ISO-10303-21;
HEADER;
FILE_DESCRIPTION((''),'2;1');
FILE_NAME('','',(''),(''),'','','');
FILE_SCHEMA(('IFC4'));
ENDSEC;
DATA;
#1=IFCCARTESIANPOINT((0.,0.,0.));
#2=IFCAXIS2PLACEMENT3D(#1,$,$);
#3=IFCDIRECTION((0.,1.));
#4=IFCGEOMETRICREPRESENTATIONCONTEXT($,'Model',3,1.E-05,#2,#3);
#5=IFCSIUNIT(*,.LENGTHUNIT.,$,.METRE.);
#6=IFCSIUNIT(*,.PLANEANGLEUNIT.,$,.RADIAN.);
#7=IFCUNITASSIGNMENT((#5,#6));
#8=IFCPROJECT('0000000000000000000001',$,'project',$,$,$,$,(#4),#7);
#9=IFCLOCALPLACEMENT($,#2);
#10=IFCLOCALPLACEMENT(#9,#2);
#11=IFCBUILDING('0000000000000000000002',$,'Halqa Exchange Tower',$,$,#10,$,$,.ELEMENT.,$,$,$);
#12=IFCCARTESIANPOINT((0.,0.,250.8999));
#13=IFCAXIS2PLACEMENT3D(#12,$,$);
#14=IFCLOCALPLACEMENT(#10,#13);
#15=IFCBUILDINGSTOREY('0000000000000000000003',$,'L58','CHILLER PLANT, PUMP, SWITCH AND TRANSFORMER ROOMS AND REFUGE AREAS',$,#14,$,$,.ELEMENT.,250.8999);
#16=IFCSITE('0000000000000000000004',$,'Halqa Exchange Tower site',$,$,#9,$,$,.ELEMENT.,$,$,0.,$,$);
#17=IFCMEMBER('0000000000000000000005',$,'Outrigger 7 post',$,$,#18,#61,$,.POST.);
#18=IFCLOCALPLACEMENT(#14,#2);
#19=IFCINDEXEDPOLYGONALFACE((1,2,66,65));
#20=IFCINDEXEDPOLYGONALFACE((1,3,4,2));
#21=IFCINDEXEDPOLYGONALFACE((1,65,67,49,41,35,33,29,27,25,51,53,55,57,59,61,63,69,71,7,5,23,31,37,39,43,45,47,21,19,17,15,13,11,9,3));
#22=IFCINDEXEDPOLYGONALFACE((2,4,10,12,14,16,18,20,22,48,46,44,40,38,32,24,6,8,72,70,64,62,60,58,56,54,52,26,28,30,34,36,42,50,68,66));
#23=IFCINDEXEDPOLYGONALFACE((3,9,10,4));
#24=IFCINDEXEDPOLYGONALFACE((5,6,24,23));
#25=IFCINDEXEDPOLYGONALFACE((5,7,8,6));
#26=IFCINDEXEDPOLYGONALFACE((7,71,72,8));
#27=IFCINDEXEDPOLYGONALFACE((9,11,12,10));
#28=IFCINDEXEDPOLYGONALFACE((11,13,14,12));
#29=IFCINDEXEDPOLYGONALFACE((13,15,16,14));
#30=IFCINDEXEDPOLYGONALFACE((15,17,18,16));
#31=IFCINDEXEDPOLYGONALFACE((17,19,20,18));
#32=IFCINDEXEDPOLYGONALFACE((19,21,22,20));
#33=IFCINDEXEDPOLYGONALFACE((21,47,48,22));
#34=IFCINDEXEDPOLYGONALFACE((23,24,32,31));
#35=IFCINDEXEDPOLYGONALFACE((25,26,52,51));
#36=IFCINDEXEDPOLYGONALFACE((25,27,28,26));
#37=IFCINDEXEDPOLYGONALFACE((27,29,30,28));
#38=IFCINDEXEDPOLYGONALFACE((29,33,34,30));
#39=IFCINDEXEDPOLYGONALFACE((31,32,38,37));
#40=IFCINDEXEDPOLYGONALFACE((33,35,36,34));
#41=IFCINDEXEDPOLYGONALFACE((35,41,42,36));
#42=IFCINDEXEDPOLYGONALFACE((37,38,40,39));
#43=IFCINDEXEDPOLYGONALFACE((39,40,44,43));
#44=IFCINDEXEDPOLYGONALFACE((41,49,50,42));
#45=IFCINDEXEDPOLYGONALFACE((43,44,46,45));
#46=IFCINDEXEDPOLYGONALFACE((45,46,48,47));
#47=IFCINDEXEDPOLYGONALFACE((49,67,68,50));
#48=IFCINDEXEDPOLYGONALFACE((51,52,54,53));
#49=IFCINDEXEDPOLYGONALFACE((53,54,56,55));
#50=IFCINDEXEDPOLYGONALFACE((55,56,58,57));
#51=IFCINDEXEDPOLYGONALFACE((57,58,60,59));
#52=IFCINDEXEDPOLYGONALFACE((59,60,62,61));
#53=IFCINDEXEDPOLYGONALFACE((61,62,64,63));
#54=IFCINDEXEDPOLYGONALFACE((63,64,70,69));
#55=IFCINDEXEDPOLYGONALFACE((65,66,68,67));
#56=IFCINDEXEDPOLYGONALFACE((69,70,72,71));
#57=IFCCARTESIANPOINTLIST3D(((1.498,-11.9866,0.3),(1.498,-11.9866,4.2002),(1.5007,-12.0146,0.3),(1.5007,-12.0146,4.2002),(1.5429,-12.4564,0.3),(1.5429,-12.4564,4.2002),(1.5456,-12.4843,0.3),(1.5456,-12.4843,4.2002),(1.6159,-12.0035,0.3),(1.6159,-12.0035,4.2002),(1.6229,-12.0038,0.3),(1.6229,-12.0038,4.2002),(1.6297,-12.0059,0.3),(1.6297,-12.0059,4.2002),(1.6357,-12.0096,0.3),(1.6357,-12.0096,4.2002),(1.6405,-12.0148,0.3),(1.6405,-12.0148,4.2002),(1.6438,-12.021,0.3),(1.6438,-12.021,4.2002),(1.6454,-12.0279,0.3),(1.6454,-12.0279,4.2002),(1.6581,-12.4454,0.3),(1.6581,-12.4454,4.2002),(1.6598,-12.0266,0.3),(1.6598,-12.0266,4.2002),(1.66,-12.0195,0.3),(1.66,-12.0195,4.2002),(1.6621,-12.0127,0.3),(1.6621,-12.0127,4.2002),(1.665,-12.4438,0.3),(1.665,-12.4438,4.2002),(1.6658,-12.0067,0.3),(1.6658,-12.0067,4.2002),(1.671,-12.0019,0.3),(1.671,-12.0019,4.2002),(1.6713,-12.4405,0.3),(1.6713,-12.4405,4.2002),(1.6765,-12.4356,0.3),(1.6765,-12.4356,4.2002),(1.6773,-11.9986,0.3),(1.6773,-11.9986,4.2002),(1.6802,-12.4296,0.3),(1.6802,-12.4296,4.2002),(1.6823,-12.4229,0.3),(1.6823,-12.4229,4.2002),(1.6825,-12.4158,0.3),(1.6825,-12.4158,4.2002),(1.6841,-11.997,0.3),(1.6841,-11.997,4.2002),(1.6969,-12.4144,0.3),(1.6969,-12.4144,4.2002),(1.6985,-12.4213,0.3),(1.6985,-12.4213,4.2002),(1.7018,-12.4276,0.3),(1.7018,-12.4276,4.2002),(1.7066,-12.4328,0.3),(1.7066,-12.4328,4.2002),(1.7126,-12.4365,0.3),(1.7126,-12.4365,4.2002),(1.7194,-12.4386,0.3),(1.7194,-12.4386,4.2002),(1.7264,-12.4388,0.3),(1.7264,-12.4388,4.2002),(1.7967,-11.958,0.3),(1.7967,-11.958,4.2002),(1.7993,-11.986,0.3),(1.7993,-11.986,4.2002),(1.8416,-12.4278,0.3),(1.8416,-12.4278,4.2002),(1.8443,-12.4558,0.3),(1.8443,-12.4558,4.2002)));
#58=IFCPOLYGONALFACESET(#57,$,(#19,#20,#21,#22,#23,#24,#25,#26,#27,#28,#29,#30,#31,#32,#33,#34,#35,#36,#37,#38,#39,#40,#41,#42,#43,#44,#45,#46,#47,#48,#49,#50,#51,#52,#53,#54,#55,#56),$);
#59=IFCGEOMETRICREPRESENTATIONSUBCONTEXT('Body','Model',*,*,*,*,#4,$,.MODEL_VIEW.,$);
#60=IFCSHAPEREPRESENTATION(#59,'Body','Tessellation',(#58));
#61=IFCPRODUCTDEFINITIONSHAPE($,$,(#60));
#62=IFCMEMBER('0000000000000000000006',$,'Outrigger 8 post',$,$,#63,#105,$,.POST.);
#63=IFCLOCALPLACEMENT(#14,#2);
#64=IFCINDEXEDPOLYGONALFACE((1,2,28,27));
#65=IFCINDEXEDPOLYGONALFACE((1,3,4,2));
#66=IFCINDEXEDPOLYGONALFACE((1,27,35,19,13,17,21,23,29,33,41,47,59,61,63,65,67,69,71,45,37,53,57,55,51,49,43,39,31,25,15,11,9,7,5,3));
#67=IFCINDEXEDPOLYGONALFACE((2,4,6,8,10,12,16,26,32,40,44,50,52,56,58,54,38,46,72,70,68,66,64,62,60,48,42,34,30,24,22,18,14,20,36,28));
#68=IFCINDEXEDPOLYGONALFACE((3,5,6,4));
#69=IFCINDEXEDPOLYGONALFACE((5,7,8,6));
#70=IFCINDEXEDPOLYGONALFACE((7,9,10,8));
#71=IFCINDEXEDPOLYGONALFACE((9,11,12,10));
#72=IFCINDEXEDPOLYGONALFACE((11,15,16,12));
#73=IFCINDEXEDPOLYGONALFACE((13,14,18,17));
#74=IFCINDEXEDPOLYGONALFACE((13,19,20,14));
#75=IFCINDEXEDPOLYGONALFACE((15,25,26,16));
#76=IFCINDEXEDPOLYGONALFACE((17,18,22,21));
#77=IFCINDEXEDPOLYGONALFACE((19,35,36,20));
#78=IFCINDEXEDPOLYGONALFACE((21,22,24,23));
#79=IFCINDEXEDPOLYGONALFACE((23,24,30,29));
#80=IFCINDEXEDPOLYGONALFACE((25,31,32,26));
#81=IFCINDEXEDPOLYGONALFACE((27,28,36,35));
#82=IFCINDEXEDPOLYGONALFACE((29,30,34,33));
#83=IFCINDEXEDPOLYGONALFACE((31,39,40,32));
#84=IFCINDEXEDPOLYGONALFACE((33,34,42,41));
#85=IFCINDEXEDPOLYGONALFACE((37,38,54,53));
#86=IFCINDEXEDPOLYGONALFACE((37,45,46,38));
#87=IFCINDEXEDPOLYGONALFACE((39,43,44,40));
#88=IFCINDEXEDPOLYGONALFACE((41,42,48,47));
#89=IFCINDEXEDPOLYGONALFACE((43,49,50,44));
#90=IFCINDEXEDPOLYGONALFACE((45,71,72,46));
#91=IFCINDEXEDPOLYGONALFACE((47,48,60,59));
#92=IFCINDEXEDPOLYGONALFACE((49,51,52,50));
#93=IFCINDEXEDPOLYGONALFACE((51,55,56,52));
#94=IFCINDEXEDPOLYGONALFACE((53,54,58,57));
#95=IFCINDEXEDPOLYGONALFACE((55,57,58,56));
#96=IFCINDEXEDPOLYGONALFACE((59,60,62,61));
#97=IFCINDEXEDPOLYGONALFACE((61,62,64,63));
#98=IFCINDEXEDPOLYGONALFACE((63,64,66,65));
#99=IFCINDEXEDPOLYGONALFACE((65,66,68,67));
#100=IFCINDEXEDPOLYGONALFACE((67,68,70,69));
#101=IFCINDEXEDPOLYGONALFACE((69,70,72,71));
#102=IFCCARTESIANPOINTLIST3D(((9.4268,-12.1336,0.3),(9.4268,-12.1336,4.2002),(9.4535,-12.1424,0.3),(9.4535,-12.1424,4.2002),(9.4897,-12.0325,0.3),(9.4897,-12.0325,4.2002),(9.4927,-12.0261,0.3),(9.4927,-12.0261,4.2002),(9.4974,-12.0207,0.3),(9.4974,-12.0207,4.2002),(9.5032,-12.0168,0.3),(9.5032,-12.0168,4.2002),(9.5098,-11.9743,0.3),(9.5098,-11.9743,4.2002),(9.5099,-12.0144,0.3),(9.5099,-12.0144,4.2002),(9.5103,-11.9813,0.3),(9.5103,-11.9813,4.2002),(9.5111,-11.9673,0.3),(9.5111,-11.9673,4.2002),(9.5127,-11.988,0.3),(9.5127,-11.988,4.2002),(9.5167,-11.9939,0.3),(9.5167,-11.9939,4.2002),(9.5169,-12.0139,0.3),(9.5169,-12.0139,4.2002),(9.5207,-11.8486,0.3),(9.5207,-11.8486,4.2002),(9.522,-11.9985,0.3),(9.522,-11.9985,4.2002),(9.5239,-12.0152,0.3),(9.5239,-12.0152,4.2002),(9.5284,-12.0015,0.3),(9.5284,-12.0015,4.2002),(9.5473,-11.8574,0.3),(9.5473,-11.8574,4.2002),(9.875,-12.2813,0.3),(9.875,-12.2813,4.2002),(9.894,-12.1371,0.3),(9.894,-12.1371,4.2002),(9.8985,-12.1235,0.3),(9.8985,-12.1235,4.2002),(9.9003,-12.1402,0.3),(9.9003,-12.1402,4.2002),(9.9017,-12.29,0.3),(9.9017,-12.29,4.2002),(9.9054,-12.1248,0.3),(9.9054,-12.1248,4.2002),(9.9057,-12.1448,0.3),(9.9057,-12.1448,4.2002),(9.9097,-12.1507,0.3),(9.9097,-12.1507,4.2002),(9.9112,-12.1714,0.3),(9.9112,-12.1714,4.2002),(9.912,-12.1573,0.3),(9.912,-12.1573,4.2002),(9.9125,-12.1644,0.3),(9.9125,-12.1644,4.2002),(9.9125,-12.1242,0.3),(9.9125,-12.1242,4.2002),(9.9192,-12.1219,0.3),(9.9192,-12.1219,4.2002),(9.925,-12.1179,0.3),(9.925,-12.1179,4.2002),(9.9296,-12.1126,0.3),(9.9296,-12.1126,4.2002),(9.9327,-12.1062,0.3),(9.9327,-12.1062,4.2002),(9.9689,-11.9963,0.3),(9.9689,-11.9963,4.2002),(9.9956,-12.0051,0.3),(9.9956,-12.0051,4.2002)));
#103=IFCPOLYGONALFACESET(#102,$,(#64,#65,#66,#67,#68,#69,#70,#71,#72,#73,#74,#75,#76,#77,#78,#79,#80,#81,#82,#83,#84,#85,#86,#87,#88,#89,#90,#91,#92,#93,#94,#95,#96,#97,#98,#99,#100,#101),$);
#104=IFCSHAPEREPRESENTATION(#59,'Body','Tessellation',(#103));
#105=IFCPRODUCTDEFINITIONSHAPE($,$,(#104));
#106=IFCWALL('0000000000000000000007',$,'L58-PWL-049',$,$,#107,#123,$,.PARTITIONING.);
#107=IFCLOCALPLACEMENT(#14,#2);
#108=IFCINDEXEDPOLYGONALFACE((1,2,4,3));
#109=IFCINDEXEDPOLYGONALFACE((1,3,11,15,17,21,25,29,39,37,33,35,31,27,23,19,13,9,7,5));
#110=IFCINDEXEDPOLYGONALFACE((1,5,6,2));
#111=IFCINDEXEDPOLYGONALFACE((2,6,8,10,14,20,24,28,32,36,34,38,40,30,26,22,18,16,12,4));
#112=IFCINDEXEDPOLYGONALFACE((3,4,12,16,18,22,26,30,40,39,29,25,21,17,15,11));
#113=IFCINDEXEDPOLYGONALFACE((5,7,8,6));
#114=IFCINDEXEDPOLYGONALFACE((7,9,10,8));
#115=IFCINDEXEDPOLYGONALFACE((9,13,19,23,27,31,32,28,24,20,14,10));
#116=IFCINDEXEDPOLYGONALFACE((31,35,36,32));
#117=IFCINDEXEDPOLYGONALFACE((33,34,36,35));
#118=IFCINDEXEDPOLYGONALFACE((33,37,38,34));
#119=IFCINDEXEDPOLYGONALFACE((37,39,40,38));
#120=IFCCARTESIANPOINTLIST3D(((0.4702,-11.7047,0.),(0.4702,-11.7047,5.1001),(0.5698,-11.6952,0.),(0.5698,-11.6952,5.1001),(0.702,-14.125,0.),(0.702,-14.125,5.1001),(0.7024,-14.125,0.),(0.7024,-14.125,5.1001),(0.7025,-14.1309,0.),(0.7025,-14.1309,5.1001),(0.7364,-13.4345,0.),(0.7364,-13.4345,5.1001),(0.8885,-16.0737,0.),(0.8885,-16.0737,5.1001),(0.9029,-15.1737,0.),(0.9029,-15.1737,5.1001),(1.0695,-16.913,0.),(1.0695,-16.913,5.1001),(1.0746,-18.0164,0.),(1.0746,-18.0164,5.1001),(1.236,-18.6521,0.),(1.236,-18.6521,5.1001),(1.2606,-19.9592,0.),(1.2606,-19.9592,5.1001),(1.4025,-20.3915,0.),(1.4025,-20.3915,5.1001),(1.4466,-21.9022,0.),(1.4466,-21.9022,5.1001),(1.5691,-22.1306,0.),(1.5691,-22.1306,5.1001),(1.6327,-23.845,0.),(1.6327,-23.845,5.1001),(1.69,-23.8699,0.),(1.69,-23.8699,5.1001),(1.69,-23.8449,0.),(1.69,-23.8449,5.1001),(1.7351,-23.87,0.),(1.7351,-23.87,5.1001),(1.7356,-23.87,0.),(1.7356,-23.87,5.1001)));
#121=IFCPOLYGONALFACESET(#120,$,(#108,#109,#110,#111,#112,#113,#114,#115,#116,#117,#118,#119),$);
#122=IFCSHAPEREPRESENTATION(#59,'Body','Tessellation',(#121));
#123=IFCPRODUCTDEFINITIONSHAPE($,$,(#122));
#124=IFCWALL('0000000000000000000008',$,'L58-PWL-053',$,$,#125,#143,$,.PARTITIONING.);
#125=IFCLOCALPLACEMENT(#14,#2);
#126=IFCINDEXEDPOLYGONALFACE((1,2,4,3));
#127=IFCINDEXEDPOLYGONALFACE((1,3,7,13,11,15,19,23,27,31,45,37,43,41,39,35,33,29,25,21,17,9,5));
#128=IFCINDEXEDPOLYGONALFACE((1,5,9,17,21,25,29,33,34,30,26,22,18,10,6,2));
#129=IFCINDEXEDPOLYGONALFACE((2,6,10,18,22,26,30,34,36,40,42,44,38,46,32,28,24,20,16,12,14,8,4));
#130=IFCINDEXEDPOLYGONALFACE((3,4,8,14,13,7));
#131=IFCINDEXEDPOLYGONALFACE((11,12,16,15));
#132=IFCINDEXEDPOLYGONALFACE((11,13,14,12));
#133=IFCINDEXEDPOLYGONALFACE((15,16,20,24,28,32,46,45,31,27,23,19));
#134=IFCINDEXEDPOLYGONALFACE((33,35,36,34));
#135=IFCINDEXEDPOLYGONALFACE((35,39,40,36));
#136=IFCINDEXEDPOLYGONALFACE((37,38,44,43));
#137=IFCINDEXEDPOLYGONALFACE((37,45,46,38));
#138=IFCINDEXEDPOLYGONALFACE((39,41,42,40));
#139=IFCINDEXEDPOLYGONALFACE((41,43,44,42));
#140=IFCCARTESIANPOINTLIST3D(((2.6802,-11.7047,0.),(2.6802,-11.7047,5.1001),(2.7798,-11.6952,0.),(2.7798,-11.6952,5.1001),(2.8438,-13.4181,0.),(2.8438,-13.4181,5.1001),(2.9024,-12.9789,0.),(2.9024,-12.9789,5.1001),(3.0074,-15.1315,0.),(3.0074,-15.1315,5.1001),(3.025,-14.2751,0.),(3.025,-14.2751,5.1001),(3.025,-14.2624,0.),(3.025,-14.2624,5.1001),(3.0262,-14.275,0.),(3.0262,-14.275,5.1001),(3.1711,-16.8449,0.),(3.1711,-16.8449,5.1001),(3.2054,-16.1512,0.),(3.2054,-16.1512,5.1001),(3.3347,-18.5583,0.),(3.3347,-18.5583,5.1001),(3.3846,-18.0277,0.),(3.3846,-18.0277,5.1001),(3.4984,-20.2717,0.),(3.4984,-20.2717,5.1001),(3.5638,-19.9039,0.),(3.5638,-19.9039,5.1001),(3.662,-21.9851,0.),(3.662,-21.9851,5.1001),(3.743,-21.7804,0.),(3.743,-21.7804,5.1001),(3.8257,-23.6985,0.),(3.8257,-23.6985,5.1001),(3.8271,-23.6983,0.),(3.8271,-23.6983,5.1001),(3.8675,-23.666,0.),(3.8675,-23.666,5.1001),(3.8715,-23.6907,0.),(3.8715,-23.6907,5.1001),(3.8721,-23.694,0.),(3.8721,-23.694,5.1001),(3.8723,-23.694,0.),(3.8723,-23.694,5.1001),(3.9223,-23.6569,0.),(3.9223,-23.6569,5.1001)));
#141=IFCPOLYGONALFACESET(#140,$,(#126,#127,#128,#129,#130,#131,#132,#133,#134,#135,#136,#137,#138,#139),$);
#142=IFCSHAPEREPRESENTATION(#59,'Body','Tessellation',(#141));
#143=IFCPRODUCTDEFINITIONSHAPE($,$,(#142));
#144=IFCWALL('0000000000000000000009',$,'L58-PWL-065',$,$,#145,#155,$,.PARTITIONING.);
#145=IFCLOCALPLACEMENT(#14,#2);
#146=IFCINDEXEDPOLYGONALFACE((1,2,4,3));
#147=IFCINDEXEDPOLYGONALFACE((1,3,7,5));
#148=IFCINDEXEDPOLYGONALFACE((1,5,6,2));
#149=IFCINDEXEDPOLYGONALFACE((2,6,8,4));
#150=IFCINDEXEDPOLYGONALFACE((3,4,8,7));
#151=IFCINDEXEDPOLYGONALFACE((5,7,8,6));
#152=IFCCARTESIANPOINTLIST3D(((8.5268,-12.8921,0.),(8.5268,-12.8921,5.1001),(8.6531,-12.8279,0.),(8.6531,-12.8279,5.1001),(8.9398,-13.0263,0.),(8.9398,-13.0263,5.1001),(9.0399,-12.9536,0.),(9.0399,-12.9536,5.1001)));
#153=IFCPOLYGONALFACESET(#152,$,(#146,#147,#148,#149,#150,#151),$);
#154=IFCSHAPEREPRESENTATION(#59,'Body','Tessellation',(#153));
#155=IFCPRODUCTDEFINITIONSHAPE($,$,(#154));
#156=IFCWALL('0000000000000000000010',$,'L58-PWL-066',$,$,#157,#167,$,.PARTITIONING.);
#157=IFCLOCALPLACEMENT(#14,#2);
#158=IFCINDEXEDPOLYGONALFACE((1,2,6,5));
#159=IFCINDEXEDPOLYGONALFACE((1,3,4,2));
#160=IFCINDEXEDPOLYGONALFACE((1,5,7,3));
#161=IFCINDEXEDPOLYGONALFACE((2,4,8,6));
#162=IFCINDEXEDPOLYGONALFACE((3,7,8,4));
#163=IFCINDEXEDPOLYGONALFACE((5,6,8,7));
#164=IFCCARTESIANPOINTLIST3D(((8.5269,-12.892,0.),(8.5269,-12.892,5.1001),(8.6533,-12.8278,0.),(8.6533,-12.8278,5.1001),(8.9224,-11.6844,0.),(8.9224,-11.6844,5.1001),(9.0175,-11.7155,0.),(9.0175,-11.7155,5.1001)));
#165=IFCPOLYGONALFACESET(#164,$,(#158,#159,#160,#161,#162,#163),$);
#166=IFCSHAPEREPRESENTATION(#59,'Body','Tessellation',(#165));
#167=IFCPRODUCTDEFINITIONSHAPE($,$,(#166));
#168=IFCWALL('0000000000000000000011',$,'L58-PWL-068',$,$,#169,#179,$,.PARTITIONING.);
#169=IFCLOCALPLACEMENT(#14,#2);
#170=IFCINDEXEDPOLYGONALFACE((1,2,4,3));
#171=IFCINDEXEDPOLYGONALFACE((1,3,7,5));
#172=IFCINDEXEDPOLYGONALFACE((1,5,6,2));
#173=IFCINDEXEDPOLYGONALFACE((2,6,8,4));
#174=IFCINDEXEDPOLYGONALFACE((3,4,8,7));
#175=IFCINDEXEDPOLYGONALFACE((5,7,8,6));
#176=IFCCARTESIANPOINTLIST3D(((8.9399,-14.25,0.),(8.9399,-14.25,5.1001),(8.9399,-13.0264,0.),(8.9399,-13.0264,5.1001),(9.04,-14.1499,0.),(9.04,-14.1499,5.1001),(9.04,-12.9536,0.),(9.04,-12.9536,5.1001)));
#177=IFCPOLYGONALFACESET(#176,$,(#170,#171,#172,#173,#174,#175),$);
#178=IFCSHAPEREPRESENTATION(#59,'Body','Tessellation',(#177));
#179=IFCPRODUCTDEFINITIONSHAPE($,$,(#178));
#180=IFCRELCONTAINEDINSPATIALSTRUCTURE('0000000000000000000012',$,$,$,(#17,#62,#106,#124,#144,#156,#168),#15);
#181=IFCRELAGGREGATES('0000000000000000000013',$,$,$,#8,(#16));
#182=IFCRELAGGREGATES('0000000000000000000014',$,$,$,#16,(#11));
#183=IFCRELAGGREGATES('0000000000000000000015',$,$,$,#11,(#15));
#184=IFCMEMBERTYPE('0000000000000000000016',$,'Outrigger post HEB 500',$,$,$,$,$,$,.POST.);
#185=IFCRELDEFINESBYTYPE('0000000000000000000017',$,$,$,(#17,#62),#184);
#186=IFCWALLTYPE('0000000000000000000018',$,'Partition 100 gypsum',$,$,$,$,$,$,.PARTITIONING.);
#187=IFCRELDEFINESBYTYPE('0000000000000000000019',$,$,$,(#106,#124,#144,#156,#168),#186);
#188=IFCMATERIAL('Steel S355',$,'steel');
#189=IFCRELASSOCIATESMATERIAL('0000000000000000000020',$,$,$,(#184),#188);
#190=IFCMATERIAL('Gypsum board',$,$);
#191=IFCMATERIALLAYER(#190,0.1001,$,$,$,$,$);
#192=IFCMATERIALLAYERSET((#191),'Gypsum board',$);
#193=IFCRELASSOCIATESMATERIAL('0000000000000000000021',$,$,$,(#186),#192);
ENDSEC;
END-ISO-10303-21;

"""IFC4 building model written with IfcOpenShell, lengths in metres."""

from ifc_helpers import new_model, si_unit, direction, frame, origin, origin_2d, place, context, subcontext, project, spatial, polyline, i_section, outline, extrude, material, layer, layer_set, material_profile, profile_set, type_object, element, save


model = new_model("IFC4")

# Units and contexts
model_context = context("Model", 3, precision=1e-05, world=origin(), true_north=direction((0.0, 1.0)))
body_context = subcontext(model_context, "Body", "Model", "MODEL_VIEW")
ifc_project = project(units=[si_unit("LENGTHUNIT", "METRE"), si_unit("PLANEANGLEUNIT", "RADIAN")], contexts=[model_context])

# Site, building, storey
site_placement = place(None, origin())
site = spatial("IfcSite", under=ifc_project, at=site_placement, Name="Halqa Exchange Tower site", CompositionType="ELEMENT", RefElevation=0.0)
building_placement = place(site_placement, origin())
building = spatial("IfcBuilding", under=site, at=building_placement, Name="Halqa Exchange Tower", CompositionType="ELEMENT")
storey_placement = place(building_placement, frame((0.0, 0.0, 250.8999)))
storey = spatial("IfcBuildingStorey", under=building, at=storey_placement, Name="L58", Description="CHILLER PLANT, PUMP, SWITCH AND TRANSFORMER ROOMS AND REFUGE AREAS", CompositionType="ELEMENT", Elevation=250.8999)

# Shared definitions
ifc_material_1 = material(Name="Steel S355", Category="steel")

# Members
ifc_material_profile_1 = material_profile(ifc_material_1, i_section(OverallWidth=0.3, OverallDepth=0.5, WebThickness=0.0144, FlangeThickness=0.0281, FilletRadius=0.0271, at=origin_2d()), Name="HEB 500")
ifc_profile_set_1 = profile_set([ifc_material_profile_1], Name="Steel S355")
member_type_1 = type_object("IfcMemberType", Name="Outrigger post HEB 500", PredefinedType="POST", material=ifc_profile_set_1)
for number, where, z_axis, x_axis, name in (
    (1, (1.6711, -12.2212, 0.3), (0.0, 0.0, 1.0), (0.995451, 0.095272, 0.0), "Outrigger 7 post"),
    (2, (9.7112, -12.0693, 0.3), (0.0, 0.0, 1.0), (0.312882, 0.949792, 0.0), "Outrigger 8 post"),
):
    element("IfcMember", number, at=place(storey_placement, frame(where, z_axis=z_axis, x_axis=x_axis)), inside=storey, type_object=member_type_1, Name=name, PredefinedType="POST", context=body_context, shape_type="SweptSolid", body=[
        extrude(i_section(OverallWidth=0.3, OverallDepth=0.5, WebThickness=0.0144, FlangeThickness=0.0281, FilletRadius=0.0271, at=origin_2d()), origin(), (0.0, 0.0, 1.0), 3.9001),
    ])

# Walls
ifc_material_2 = material(Name="Gypsum board")
ifc_layer_1 = layer(ifc_material_2, 0.1001)
ifc_layer_set_1 = layer_set([ifc_layer_1], Name="Gypsum board")
wall_type_1 = type_object("IfcWallType", Name="Partition 100 gypsum", PredefinedType="PARTITIONING", material=ifc_layer_set_1)
wall_1_placement = place(storey_placement, frame((0.52, -11.7, 0.0), z_axis=(0.0, 0.0, 1.0), x_axis=(0.095317, -0.995447, 0.0)))
element("IfcWall", 3, at=wall_1_placement, inside=storey, type_object=wall_type_1, Name="L58-PWL-049", PredefinedType="PARTITIONING", context=body_context, shape_type="SweptSolid", body=[
    extrude(outline(polyline([(0.0, -0.05), (2.4314, -0.05), (2.4314, -0.0496), (2.4373, -0.05), (4.3889, -0.05), (6.3406, -0.05), (8.2922, -0.05), (10.2441, -0.05), (12.1958, -0.05), (12.2012, 0.0071), (12.2261, 0.0046), (12.2305, 0.0496), (12.2305, 0.05), (10.4832, 0.05), (8.7361, 0.05), (6.9888, 0.05), (5.2417, 0.05), (3.4944, 0.05), (1.7473, 0.05), (0.0, 0.05), (0.0, -0.05)])), origin(), (0.0, 0.0, 1.0), 5.1001),
])
wall_2_placement = place(storey_placement, frame((2.73, -11.7, 0.0), z_axis=(0.0, 0.0, 1.0), x_axis=(0.095077, -0.99547, 0.0)))
element("IfcWall", 4, at=wall_2_placement, inside=storey, type_object=wall_type_1, Name="L58-PWL-053", PredefinedType="PARTITIONING", context=body_context, shape_type="SweptSolid", body=[
    extrude(outline(polyline([(12.0483, -0.05), (12.0483, -0.0486), (12.0449, -0.0037), (12.0483, -0.0034), (12.0483, -0.0032), (12.02, -0.0054), (12.0161, 0.05), (10.1311, 0.05), (8.2461, 0.05), (6.3613, 0.05), (4.4763, 0.05), (2.5916, 0.05), (2.5916, 0.0488), (2.5789, 0.05), (1.2896, 0.05), (0.0, 0.05), (0.0, -0.05), (1.7212, -0.05), (3.4424, -0.05), (5.1636, -0.05), (6.8848, -0.05), (8.606, -0.05), (10.3271, -0.05), (12.0483, -0.05)])), origin(), (0.0, 0.0, 1.0), 5.1001),
])
wall_3_placement = place(storey_placement, frame((8.5422, -12.8445, 0.0), z_axis=(0.0, 0.0, 1.0), x_axis=(0.951016, -0.309141, 0.0)))
element("IfcWall", 5, at=wall_3_placement, inside=storey, type_object=wall_type_1, Name="L58-PWL-065", PredefinedType="PARTITIONING", context=body_context, shape_type="SweptSolid", body=[
    extrude(outline(polyline([(0.0, -0.05), (0.4343, -0.05), (0.5071, 0.05), (0.5071, 0.05), (0.1003, 0.05), (0.0, -0.05)])), origin(), (0.0, 0.0, 1.0), 5.1001),
])
wall_4_placement = place(storey_placement, frame((8.97, -11.7, 0.0), z_axis=(0.0, 0.0, 1.0), x_axis=(-0.311209, -0.950341, 0.0)))
element("IfcWall", 6, at=wall_4_placement, inside=storey, type_object=wall_type_1, Name="L58-PWL-066", PredefinedType="PARTITIONING", context=body_context, shape_type="SweptSolid", body=[
    extrude(outline(polyline([(1.2708, -0.05), (1.2708, -0.05), (1.1704, 0.05), (0.0, 0.05), (0.0, -0.05), (1.2708, -0.05)])), origin(), (0.0, 0.0, 1.0), 5.1001),
])
wall_5_placement = place(storey_placement, frame((8.99, -12.9536, 0.0), z_axis=(0.0, 0.0, 1.0), x_axis=(0.0, -1.0, 0.0)))
element("IfcWall", 7, at=wall_5_placement, inside=storey, type_object=wall_type_1, Name="L58-PWL-068", PredefinedType="PARTITIONING", context=body_context, shape_type="SweptSolid", body=[
    extrude(outline(polyline([(1.2964, -0.05), (1.2964, -0.05), (1.1963, 0.05), (0.0, 0.05), (0.0728, -0.05), (1.2964, -0.05)])), origin(), (0.0, 0.0, 1.0), 5.1001),
])

save(model, "model.ifc")
